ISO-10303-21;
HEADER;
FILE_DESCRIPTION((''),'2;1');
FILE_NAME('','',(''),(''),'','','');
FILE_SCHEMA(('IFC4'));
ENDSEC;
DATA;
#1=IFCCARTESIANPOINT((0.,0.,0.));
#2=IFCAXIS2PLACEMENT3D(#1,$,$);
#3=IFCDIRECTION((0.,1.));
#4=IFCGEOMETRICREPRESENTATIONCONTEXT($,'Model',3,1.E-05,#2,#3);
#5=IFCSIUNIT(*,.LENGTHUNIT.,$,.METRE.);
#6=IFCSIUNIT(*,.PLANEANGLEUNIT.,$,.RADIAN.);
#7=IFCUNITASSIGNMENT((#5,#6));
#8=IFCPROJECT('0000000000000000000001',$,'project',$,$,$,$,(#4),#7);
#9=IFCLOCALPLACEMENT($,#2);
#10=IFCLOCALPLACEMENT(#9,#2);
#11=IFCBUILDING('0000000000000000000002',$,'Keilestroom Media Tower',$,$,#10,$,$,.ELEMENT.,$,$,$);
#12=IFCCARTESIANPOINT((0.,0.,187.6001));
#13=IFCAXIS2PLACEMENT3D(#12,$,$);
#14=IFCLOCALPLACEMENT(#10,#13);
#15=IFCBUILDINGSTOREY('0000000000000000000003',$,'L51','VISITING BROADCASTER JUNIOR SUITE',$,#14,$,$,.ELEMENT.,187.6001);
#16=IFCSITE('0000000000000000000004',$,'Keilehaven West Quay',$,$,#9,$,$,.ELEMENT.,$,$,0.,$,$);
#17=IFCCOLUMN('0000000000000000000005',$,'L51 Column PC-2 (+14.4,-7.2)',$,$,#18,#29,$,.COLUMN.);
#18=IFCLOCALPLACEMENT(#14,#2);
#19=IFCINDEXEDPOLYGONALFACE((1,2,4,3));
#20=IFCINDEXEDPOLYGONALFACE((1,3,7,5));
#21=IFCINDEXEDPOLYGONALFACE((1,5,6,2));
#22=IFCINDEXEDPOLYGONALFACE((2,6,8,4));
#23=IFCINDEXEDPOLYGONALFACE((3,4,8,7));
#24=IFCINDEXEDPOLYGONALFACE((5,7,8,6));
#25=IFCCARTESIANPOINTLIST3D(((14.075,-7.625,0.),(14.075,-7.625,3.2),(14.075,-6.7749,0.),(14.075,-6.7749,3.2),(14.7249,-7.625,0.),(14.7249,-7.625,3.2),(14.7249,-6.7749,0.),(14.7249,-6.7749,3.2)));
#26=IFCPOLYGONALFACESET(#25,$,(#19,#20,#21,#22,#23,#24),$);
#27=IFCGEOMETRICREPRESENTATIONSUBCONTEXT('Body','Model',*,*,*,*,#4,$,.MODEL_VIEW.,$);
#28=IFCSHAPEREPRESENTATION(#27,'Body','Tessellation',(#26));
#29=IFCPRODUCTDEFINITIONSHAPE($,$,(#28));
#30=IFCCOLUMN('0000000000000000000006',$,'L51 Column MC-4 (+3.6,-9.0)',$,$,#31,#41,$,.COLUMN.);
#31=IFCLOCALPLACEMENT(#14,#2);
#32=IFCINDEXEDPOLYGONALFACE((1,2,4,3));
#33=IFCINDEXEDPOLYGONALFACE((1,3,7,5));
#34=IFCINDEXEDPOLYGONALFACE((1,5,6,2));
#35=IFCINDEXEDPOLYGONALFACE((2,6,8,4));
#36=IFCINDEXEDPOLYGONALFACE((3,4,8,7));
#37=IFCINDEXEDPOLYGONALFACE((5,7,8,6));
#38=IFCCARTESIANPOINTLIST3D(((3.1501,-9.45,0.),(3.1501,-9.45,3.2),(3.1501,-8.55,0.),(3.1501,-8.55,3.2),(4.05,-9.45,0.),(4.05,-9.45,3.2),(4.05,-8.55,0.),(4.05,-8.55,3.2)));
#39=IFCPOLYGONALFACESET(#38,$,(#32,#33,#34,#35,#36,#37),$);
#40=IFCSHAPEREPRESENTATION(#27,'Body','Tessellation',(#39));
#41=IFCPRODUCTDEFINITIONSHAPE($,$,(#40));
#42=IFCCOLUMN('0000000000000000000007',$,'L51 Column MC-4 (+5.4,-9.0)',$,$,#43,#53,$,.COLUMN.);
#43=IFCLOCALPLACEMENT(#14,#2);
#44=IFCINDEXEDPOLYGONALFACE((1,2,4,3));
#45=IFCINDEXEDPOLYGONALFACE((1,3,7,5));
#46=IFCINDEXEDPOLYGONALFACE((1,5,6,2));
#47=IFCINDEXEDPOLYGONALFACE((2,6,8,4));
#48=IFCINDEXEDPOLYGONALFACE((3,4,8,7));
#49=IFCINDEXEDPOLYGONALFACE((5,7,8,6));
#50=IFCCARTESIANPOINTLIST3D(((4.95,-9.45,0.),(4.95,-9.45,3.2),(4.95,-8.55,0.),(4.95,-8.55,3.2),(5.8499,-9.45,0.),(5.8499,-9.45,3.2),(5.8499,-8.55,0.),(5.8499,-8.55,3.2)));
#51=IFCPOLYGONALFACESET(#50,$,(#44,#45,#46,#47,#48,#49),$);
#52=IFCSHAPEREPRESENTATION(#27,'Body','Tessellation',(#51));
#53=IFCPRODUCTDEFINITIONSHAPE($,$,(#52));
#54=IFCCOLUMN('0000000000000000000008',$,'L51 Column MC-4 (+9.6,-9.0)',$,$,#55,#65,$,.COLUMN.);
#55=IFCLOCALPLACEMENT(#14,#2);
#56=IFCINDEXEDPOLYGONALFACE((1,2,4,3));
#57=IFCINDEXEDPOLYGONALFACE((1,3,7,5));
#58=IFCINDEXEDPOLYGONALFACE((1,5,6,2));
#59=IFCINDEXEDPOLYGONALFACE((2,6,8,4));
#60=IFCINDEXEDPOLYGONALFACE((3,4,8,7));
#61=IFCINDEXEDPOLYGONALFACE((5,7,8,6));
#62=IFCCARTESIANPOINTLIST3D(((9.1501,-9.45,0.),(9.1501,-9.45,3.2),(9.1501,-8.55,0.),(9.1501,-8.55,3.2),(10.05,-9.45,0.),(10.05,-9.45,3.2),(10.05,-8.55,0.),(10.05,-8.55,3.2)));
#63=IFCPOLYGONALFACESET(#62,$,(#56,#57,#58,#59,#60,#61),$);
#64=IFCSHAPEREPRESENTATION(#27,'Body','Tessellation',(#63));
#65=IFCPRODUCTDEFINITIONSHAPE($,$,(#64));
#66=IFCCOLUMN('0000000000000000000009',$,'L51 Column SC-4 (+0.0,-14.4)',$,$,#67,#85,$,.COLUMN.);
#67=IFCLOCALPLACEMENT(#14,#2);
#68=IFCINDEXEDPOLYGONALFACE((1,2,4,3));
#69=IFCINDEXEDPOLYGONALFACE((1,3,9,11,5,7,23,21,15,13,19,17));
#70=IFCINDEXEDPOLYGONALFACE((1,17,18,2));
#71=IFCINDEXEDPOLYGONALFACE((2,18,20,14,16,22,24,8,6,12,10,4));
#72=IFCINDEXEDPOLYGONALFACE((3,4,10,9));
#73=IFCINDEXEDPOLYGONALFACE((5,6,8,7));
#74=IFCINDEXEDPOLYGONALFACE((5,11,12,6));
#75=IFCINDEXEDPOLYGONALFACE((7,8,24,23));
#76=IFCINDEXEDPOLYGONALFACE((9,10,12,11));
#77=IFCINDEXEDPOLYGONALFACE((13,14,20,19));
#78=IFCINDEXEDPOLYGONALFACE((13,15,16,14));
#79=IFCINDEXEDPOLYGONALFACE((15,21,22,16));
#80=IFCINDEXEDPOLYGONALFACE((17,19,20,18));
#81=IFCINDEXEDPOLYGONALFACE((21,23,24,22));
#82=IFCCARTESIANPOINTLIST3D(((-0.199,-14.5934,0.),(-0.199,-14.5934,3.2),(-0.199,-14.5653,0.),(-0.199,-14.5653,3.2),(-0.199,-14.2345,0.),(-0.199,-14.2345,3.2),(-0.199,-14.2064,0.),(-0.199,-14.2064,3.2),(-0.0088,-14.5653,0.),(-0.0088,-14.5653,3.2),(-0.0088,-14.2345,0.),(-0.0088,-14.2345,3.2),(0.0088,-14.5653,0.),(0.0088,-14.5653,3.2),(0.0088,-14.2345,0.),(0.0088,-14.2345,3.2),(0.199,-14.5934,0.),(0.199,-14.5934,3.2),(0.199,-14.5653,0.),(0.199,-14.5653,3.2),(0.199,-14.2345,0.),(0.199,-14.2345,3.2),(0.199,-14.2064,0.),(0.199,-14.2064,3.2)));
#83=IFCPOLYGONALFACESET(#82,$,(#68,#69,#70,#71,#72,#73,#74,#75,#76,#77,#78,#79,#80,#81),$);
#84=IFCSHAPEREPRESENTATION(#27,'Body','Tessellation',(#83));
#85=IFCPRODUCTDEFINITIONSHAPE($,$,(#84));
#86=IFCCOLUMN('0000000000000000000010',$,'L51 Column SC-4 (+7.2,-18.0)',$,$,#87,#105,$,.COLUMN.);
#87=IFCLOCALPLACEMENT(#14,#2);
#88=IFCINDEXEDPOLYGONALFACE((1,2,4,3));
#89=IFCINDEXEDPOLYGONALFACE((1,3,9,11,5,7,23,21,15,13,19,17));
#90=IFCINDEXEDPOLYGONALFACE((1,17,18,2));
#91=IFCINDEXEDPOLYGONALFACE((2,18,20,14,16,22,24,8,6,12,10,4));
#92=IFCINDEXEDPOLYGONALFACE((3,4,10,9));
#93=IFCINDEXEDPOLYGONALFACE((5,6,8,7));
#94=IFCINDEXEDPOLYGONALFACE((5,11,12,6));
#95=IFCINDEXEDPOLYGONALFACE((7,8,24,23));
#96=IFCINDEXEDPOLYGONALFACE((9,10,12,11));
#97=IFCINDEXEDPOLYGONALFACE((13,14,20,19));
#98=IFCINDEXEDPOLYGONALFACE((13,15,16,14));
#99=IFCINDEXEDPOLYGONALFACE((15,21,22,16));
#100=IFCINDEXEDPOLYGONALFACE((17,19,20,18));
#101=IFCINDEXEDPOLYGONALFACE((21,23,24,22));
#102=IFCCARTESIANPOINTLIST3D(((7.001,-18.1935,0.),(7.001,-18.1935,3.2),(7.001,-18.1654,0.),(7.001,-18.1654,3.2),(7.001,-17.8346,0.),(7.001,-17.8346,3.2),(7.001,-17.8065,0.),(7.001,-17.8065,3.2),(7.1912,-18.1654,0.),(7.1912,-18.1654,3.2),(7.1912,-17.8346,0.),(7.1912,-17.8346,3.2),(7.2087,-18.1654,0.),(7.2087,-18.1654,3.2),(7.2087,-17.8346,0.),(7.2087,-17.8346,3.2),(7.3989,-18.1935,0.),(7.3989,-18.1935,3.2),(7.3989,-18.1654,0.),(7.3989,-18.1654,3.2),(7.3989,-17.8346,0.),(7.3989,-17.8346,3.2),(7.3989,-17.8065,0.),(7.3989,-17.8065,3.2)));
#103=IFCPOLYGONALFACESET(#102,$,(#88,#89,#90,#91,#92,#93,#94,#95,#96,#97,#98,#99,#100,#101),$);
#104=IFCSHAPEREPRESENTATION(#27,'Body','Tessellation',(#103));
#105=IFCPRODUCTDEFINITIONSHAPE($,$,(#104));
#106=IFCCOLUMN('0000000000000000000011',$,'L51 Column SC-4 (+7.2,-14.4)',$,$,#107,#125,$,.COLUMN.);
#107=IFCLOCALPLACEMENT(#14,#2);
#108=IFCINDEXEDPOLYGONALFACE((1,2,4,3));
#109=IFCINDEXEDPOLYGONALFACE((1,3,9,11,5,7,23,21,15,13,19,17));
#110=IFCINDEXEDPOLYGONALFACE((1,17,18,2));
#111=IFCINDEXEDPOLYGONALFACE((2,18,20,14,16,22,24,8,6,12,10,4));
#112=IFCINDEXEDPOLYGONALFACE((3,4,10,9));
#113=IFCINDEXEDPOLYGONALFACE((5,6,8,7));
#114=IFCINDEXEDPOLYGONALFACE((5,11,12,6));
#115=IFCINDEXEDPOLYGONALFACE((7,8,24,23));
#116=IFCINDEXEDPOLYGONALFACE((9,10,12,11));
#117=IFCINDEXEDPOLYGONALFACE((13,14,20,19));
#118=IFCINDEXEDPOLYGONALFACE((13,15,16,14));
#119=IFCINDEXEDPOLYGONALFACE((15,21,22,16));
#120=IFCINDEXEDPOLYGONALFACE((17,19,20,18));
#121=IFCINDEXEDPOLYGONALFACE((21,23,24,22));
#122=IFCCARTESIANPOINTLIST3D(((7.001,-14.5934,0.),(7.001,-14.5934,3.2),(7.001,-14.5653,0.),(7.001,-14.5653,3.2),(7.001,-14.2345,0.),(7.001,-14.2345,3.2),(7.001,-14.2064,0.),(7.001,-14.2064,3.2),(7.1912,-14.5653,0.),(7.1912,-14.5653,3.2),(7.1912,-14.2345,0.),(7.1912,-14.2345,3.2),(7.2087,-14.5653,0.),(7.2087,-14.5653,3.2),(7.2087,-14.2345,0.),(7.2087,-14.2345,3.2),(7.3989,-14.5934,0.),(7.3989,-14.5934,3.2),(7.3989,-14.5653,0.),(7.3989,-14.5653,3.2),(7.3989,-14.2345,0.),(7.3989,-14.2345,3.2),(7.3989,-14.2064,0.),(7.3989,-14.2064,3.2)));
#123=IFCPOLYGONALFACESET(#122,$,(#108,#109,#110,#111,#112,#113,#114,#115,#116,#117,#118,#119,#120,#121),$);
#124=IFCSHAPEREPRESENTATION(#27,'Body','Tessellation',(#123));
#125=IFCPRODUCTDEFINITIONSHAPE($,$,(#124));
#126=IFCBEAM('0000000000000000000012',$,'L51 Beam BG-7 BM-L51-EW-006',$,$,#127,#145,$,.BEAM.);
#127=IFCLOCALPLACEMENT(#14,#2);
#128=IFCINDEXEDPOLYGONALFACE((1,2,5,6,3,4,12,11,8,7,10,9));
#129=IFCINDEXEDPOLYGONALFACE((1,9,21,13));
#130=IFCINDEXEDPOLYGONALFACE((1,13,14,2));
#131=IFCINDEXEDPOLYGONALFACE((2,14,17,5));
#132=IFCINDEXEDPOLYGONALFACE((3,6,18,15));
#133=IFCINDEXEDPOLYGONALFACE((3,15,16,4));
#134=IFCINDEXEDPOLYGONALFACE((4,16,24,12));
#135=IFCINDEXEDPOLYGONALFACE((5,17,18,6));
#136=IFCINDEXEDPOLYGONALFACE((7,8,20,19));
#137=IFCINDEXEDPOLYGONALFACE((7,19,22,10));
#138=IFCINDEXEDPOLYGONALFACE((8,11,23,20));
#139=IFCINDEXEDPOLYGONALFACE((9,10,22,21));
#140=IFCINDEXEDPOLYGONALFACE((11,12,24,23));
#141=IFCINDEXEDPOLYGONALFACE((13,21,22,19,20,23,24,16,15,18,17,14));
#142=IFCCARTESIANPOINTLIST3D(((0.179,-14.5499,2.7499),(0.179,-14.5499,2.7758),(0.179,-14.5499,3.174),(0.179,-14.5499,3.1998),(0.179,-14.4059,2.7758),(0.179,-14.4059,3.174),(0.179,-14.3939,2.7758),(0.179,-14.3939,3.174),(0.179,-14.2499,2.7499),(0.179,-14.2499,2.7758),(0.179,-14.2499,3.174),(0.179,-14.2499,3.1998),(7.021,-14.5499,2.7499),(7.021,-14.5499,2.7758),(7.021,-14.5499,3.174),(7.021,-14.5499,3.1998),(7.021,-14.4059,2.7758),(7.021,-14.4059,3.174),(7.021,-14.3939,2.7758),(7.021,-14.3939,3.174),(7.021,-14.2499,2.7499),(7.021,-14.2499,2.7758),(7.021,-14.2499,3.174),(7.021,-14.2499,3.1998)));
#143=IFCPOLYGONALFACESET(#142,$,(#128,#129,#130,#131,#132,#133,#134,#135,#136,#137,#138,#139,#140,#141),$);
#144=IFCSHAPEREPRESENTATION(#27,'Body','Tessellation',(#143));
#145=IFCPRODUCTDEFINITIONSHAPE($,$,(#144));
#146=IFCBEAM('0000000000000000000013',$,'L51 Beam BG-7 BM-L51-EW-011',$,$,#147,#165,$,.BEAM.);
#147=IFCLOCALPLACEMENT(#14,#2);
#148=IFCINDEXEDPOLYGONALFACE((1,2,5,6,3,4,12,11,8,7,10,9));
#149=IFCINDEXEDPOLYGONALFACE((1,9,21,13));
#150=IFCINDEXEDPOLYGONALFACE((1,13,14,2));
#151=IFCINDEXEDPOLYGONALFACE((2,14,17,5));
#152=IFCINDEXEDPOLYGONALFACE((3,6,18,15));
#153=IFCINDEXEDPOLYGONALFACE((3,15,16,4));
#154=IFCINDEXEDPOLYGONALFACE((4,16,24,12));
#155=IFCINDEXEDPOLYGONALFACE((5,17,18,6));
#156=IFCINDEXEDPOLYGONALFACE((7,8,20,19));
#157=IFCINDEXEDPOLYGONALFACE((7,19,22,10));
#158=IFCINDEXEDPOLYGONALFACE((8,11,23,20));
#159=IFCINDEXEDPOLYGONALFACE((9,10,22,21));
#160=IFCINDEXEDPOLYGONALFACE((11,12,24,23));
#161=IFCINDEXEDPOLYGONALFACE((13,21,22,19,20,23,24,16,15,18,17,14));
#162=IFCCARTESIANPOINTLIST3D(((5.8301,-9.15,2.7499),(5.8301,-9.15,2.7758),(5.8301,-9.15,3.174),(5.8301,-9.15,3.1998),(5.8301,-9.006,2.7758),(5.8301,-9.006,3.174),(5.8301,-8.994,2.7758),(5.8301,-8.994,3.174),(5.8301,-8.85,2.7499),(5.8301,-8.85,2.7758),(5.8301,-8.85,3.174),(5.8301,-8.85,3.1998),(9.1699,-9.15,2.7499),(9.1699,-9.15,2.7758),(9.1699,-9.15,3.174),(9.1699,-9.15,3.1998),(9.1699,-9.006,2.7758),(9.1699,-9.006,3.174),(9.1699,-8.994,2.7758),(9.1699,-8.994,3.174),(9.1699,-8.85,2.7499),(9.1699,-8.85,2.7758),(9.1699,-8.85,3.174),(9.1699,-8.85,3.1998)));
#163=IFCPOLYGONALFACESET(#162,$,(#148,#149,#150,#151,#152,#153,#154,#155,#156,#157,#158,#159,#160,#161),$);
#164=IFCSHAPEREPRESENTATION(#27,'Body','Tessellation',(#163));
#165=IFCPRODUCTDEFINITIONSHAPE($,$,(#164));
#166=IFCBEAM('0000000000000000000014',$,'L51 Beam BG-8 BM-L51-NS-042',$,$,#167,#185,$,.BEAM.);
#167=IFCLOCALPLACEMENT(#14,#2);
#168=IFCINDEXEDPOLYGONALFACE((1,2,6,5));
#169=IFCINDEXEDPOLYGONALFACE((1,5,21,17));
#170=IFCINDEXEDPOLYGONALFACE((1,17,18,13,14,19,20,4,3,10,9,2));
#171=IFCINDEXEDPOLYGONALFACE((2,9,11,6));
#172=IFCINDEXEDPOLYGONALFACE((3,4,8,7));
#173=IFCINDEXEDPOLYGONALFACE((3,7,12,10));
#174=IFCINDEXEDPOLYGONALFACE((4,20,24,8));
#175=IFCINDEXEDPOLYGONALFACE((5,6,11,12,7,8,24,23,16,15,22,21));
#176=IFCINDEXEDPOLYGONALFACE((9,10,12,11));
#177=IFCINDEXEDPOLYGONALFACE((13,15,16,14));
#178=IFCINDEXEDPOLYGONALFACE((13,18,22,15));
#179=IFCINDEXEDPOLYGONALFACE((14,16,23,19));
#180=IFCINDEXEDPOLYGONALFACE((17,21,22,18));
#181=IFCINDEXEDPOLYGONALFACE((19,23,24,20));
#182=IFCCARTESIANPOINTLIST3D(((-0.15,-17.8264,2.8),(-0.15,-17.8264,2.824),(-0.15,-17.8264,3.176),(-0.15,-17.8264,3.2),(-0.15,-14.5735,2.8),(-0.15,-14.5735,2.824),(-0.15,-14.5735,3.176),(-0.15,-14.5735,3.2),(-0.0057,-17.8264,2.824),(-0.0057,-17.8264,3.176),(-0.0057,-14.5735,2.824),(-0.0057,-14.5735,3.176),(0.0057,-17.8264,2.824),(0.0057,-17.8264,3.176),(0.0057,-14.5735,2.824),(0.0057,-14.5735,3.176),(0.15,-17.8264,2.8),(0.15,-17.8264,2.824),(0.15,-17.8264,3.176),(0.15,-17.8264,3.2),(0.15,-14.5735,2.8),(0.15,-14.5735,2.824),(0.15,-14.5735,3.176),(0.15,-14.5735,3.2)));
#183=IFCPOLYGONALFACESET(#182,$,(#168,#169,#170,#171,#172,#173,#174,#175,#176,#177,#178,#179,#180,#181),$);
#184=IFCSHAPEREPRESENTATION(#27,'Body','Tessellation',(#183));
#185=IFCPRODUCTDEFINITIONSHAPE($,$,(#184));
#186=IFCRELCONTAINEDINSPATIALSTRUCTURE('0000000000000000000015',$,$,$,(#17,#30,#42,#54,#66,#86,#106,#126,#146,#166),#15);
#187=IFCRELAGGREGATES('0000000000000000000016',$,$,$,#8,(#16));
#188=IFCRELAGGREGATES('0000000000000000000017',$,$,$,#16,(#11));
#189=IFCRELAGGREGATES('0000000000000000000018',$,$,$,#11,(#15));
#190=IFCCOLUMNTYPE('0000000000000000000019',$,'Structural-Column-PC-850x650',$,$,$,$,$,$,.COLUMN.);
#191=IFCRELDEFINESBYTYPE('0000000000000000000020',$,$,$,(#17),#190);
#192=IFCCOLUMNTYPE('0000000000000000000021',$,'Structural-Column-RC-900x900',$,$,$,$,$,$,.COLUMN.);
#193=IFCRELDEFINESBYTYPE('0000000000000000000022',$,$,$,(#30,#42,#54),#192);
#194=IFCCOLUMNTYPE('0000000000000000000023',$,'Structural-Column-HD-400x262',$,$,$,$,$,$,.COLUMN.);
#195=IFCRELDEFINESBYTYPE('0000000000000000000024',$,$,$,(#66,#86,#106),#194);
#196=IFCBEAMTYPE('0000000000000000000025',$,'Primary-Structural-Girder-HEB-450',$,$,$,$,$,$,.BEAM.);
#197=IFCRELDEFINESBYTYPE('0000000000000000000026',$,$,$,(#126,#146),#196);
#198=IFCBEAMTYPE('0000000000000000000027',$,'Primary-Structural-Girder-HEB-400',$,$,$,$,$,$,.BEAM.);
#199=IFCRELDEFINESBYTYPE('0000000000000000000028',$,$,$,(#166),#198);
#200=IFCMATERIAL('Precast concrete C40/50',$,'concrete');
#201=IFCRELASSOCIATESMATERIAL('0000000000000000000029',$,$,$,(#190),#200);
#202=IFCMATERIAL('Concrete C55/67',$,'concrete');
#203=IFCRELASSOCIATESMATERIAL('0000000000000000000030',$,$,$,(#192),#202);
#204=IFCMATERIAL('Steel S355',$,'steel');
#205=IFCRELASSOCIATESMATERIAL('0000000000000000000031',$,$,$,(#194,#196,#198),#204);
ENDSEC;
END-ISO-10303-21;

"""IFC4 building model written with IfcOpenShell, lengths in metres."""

from ifc_helpers import new_model, si_unit, direction, frame, origin, origin_2d, place, context, subcontext, project, spatial, rectangle, i_section, extrude, source, transform, mapped, material, material_profile, profile_set, type_object, element, save


model = new_model("IFC4")

# Units and contexts
model_context = context("Model", 3, precision=1e-05, world=origin(), true_north=direction((0.0, 1.0)))
body_context = subcontext(model_context, "Body", "Model", "MODEL_VIEW")
ifc_project = project(units=[si_unit("LENGTHUNIT", "METRE"), si_unit("PLANEANGLEUNIT", "RADIAN")], contexts=[model_context])

# Site, building, storey
site_placement = place(None, origin())
site = spatial("IfcSite", under=ifc_project, at=site_placement, Name="Keilehaven West Quay", CompositionType="ELEMENT", RefElevation=0.0)
building_placement = place(site_placement, origin())
building = spatial("IfcBuilding", under=site, at=building_placement, Name="Keilestroom Media Tower", CompositionType="ELEMENT")
storey_placement = place(building_placement, frame((0.0, 0.0, 187.6001)))
storey = spatial("IfcBuildingStorey", under=building, at=storey_placement, Name="L51", Description="VISITING BROADCASTER JUNIOR SUITE", CompositionType="ELEMENT", Elevation=187.6001)

# Columns
ifc_material_1 = material(Name="Precast concrete C40/50", Category="concrete")
ifc_material_profile_1 = material_profile(ifc_material_1, rectangle(XDim=0.6499, YDim=0.8501, at=origin_2d()), Name="PC 850x650")
ifc_profile_set_1 = profile_set([ifc_material_profile_1], Name="Precast concrete C40/50")
column_type_1 = type_object("IfcColumnType", Name="Structural-Column-PC-850x650", PredefinedType="COLUMN", material=ifc_profile_set_1)
shared_shape_1 = source(origin(), body_context, "Body", "SweptSolid", [
    extrude(rectangle(XDim=0.6499, YDim=0.8501, at=origin_2d()), origin(), (0.0, 0.0, 1.0), 3.2),
])
column_placement = place(storey_placement, frame((14.3999, -7.2, 0.0), z_axis=(0.0, 0.0, 1.0), x_axis=(1.0, 0.0, 0.0)))
element("IfcColumn", 1, at=column_placement, inside=storey, type_object=column_type_1, Name="L51 Column PC-2 (+14.4,-7.2)", PredefinedType="COLUMN", context=body_context, shape_type="MappedRepresentation", body=[
    mapped(shared_shape_1, transform((0.0, 0.0, 0.0), x_axis=(1.0, 0.0, 0.0), y_axis=(0.0, 1.0, 0.0), z_axis=(0.0, 0.0, 1.0), scale=1.0)),
])
ifc_material_2 = material(Name="Concrete C55/67", Category="concrete")
ifc_material_profile_2 = material_profile(ifc_material_2, rectangle(XDim=0.8999, YDim=0.8999, at=origin_2d()), Name="RC 900x900")
ifc_profile_set_2 = profile_set([ifc_material_profile_2], Name="Concrete C55/67")
column_type_2 = type_object("IfcColumnType", Name="Structural-Column-RC-900x900", PredefinedType="COLUMN", material=ifc_profile_set_2)
shared_shape_2 = source(origin(), body_context, "Body", "SweptSolid", [
    extrude(rectangle(XDim=0.8999, YDim=0.8999, at=origin_2d()), origin(), (0.0, 0.0, 1.0), 3.2),
])
for number, where, z_axis, x_axis, name in (
    (2, (3.6001, -9.0, 0.0), (0.0, 0.0, 1.0), (1.0, 0.0, 0.0), "L51 Column MC-4 (+3.6,-9.0)"),
    (3, (5.3999, -9.0, 0.0), (0.0, 0.0, 1.0), (1.0, 0.0, 0.0), "L51 Column MC-4 (+5.4,-9.0)"),
    (4, (9.6001, -9.0, 0.0), (0.0, 0.0, 1.0), (1.0, 0.0, 0.0), "L51 Column MC-4 (+9.6,-9.0)"),
):
    element("IfcColumn", number, at=place(storey_placement, frame(where, z_axis=z_axis, x_axis=x_axis)), inside=storey, type_object=column_type_2, Name=name, PredefinedType="COLUMN", context=body_context, shape_type="MappedRepresentation", body=[
        mapped(shared_shape_2, transform((0.0, 0.0, 0.0), x_axis=(1.0, 0.0, 0.0), y_axis=(0.0, 1.0, 0.0), z_axis=(0.0, 0.0, 1.0), scale=1.0)),
    ])
ifc_material_3 = material(Name="Steel S355", Category="steel")
ifc_material_profile_3 = material_profile(ifc_material_3, i_section(OverallWidth=0.3979, OverallDepth=0.387, WebThickness=0.0176, FlangeThickness=0.0281, at=origin_2d()), Name="HD 400x262")
ifc_profile_set_3 = profile_set([ifc_material_profile_3], Name="Steel S355")
column_type_3 = type_object("IfcColumnType", Name="Structural-Column-HD-400x262", PredefinedType="COLUMN", material=ifc_profile_set_3)
shared_shape_3 = source(origin(), body_context, "Body", "SweptSolid", [
    extrude(i_section(OverallWidth=0.3979, OverallDepth=0.387, WebThickness=0.0176, FlangeThickness=0.0281, at=origin_2d()), origin(), (0.0, 0.0, 1.0), 3.2),
])
for number, where, z_axis, x_axis, name in (
    (5, (0.0, -14.3999, 0.0), (0.0, 0.0, 1.0), (1.0, 0.0, 0.0), "L51 Column SC-4 (+0.0,-14.4)"),
    (6, (7.2, -18.0, 0.0), (0.0, 0.0, 1.0), (1.0, 0.0, 0.0), "L51 Column SC-4 (+7.2,-18.0)"),
    (7, (7.2, -14.3999, 0.0), (0.0, 0.0, 1.0), (1.0, 0.0, 0.0), "L51 Column SC-4 (+7.2,-14.4)"),
):
    element("IfcColumn", number, at=place(storey_placement, frame(where, z_axis=z_axis, x_axis=x_axis)), inside=storey, type_object=column_type_3, Name=name, PredefinedType="COLUMN", context=body_context, shape_type="MappedRepresentation", body=[
        mapped(shared_shape_3, transform((0.0, 0.0, 0.0), x_axis=(1.0, 0.0, 0.0), y_axis=(0.0, 1.0, 0.0), z_axis=(0.0, 0.0, 1.0), scale=1.0)),
    ])

# Beams
ifc_material_profile_4 = material_profile(ifc_material_3, i_section(OverallWidth=0.3, OverallDepth=0.45, WebThickness=0.012, FlangeThickness=0.0259, at=origin_2d()), Name="HEB 450")
ifc_profile_set_4 = profile_set([ifc_material_profile_4], Name="Steel S355")
beam_type_1 = type_object("IfcBeamType", Name="Primary-Structural-Girder-HEB-450", PredefinedType="BEAM", material=ifc_profile_set_4)
shared_shape_4 = source(origin(), body_context, "Body", "SweptSolid", [
    extrude(i_section(OverallWidth=0.3, OverallDepth=0.45, WebThickness=0.012, FlangeThickness=0.0259, at=origin_2d()), origin(), (0.0, 0.0, 1.0), 6.842),
])
beam_1_placement = place(storey_placement, frame((0.179, -14.3999, 2.9749), z_axis=(1.0, 0.0, 0.0), x_axis=(0.0, 1.0, 0.0)))
element("IfcBeam", 8, at=beam_1_placement, inside=storey, type_object=beam_type_1, Name="L51 Beam BG-7 BM-L51-EW-006", PredefinedType="BEAM", context=body_context, shape_type="MappedRepresentation", body=[
    mapped(shared_shape_4, transform((0.0, 0.0, 0.0), x_axis=(1.0, 0.0, 0.0), y_axis=(0.0, 1.0, 0.0), z_axis=(0.0, 0.0, 1.0), scale=1.0)),
])
shared_shape_5 = source(origin(), body_context, "Body", "SweptSolid", [
    extrude(i_section(OverallWidth=0.3, OverallDepth=0.45, WebThickness=0.012, FlangeThickness=0.0259, at=origin_2d()), origin(), (0.0, 0.0, 1.0), 3.3398),
])
beam_2_placement = place(storey_placement, frame((5.8301, -9.0, 2.9749), z_axis=(1.0, 0.0, 0.0), x_axis=(0.0, 1.0, 0.0)))
element("IfcBeam", 9, at=beam_2_placement, inside=storey, type_object=beam_type_1, Name="L51 Beam BG-7 BM-L51-EW-011", PredefinedType="BEAM", context=body_context, shape_type="MappedRepresentation", body=[
    mapped(shared_shape_5, transform((0.0, 0.0, 0.0), x_axis=(1.0, 0.0, 0.0), y_axis=(0.0, 1.0, 0.0), z_axis=(0.0, 0.0, 1.0), scale=1.0)),
])
ifc_material_profile_5 = material_profile(ifc_material_3, i_section(OverallWidth=0.3, OverallDepth=0.3999, WebThickness=0.0115, FlangeThickness=0.0239, at=origin_2d()), Name="HEB 400")
ifc_profile_set_5 = profile_set([ifc_material_profile_5], Name="Steel S355")
beam_type_2 = type_object("IfcBeamType", Name="Primary-Structural-Girder-HEB-400", PredefinedType="BEAM", material=ifc_profile_set_5)
shared_shape_6 = source(origin(), body_context, "Body", "SweptSolid", [
    extrude(i_section(OverallWidth=0.3, OverallDepth=0.3999, WebThickness=0.0115, FlangeThickness=0.0239, at=origin_2d()), origin(), (0.0, 0.0, 1.0), 3.2529),
])
for number, where, z_axis, x_axis, name in (
    (10, (0.0, -17.8264, 3.0), (0.0, 1.0, 0.0), (-1.0, 0.0, 0.0), "L51 Beam BG-8 BM-L51-NS-042"),
):
    element("IfcBeam", number, at=place(storey_placement, frame(where, z_axis=z_axis, x_axis=x_axis)), inside=storey, type_object=beam_type_2, Name=name, PredefinedType="BEAM", context=body_context, shape_type="MappedRepresentation", body=[
        mapped(shared_shape_6, transform((0.0, 0.0, 0.0), x_axis=(1.0, 0.0, 0.0), y_axis=(0.0, 1.0, 0.0), z_axis=(0.0, 0.0, 1.0), scale=1.0)),
    ])

save(model, "model.ifc")
